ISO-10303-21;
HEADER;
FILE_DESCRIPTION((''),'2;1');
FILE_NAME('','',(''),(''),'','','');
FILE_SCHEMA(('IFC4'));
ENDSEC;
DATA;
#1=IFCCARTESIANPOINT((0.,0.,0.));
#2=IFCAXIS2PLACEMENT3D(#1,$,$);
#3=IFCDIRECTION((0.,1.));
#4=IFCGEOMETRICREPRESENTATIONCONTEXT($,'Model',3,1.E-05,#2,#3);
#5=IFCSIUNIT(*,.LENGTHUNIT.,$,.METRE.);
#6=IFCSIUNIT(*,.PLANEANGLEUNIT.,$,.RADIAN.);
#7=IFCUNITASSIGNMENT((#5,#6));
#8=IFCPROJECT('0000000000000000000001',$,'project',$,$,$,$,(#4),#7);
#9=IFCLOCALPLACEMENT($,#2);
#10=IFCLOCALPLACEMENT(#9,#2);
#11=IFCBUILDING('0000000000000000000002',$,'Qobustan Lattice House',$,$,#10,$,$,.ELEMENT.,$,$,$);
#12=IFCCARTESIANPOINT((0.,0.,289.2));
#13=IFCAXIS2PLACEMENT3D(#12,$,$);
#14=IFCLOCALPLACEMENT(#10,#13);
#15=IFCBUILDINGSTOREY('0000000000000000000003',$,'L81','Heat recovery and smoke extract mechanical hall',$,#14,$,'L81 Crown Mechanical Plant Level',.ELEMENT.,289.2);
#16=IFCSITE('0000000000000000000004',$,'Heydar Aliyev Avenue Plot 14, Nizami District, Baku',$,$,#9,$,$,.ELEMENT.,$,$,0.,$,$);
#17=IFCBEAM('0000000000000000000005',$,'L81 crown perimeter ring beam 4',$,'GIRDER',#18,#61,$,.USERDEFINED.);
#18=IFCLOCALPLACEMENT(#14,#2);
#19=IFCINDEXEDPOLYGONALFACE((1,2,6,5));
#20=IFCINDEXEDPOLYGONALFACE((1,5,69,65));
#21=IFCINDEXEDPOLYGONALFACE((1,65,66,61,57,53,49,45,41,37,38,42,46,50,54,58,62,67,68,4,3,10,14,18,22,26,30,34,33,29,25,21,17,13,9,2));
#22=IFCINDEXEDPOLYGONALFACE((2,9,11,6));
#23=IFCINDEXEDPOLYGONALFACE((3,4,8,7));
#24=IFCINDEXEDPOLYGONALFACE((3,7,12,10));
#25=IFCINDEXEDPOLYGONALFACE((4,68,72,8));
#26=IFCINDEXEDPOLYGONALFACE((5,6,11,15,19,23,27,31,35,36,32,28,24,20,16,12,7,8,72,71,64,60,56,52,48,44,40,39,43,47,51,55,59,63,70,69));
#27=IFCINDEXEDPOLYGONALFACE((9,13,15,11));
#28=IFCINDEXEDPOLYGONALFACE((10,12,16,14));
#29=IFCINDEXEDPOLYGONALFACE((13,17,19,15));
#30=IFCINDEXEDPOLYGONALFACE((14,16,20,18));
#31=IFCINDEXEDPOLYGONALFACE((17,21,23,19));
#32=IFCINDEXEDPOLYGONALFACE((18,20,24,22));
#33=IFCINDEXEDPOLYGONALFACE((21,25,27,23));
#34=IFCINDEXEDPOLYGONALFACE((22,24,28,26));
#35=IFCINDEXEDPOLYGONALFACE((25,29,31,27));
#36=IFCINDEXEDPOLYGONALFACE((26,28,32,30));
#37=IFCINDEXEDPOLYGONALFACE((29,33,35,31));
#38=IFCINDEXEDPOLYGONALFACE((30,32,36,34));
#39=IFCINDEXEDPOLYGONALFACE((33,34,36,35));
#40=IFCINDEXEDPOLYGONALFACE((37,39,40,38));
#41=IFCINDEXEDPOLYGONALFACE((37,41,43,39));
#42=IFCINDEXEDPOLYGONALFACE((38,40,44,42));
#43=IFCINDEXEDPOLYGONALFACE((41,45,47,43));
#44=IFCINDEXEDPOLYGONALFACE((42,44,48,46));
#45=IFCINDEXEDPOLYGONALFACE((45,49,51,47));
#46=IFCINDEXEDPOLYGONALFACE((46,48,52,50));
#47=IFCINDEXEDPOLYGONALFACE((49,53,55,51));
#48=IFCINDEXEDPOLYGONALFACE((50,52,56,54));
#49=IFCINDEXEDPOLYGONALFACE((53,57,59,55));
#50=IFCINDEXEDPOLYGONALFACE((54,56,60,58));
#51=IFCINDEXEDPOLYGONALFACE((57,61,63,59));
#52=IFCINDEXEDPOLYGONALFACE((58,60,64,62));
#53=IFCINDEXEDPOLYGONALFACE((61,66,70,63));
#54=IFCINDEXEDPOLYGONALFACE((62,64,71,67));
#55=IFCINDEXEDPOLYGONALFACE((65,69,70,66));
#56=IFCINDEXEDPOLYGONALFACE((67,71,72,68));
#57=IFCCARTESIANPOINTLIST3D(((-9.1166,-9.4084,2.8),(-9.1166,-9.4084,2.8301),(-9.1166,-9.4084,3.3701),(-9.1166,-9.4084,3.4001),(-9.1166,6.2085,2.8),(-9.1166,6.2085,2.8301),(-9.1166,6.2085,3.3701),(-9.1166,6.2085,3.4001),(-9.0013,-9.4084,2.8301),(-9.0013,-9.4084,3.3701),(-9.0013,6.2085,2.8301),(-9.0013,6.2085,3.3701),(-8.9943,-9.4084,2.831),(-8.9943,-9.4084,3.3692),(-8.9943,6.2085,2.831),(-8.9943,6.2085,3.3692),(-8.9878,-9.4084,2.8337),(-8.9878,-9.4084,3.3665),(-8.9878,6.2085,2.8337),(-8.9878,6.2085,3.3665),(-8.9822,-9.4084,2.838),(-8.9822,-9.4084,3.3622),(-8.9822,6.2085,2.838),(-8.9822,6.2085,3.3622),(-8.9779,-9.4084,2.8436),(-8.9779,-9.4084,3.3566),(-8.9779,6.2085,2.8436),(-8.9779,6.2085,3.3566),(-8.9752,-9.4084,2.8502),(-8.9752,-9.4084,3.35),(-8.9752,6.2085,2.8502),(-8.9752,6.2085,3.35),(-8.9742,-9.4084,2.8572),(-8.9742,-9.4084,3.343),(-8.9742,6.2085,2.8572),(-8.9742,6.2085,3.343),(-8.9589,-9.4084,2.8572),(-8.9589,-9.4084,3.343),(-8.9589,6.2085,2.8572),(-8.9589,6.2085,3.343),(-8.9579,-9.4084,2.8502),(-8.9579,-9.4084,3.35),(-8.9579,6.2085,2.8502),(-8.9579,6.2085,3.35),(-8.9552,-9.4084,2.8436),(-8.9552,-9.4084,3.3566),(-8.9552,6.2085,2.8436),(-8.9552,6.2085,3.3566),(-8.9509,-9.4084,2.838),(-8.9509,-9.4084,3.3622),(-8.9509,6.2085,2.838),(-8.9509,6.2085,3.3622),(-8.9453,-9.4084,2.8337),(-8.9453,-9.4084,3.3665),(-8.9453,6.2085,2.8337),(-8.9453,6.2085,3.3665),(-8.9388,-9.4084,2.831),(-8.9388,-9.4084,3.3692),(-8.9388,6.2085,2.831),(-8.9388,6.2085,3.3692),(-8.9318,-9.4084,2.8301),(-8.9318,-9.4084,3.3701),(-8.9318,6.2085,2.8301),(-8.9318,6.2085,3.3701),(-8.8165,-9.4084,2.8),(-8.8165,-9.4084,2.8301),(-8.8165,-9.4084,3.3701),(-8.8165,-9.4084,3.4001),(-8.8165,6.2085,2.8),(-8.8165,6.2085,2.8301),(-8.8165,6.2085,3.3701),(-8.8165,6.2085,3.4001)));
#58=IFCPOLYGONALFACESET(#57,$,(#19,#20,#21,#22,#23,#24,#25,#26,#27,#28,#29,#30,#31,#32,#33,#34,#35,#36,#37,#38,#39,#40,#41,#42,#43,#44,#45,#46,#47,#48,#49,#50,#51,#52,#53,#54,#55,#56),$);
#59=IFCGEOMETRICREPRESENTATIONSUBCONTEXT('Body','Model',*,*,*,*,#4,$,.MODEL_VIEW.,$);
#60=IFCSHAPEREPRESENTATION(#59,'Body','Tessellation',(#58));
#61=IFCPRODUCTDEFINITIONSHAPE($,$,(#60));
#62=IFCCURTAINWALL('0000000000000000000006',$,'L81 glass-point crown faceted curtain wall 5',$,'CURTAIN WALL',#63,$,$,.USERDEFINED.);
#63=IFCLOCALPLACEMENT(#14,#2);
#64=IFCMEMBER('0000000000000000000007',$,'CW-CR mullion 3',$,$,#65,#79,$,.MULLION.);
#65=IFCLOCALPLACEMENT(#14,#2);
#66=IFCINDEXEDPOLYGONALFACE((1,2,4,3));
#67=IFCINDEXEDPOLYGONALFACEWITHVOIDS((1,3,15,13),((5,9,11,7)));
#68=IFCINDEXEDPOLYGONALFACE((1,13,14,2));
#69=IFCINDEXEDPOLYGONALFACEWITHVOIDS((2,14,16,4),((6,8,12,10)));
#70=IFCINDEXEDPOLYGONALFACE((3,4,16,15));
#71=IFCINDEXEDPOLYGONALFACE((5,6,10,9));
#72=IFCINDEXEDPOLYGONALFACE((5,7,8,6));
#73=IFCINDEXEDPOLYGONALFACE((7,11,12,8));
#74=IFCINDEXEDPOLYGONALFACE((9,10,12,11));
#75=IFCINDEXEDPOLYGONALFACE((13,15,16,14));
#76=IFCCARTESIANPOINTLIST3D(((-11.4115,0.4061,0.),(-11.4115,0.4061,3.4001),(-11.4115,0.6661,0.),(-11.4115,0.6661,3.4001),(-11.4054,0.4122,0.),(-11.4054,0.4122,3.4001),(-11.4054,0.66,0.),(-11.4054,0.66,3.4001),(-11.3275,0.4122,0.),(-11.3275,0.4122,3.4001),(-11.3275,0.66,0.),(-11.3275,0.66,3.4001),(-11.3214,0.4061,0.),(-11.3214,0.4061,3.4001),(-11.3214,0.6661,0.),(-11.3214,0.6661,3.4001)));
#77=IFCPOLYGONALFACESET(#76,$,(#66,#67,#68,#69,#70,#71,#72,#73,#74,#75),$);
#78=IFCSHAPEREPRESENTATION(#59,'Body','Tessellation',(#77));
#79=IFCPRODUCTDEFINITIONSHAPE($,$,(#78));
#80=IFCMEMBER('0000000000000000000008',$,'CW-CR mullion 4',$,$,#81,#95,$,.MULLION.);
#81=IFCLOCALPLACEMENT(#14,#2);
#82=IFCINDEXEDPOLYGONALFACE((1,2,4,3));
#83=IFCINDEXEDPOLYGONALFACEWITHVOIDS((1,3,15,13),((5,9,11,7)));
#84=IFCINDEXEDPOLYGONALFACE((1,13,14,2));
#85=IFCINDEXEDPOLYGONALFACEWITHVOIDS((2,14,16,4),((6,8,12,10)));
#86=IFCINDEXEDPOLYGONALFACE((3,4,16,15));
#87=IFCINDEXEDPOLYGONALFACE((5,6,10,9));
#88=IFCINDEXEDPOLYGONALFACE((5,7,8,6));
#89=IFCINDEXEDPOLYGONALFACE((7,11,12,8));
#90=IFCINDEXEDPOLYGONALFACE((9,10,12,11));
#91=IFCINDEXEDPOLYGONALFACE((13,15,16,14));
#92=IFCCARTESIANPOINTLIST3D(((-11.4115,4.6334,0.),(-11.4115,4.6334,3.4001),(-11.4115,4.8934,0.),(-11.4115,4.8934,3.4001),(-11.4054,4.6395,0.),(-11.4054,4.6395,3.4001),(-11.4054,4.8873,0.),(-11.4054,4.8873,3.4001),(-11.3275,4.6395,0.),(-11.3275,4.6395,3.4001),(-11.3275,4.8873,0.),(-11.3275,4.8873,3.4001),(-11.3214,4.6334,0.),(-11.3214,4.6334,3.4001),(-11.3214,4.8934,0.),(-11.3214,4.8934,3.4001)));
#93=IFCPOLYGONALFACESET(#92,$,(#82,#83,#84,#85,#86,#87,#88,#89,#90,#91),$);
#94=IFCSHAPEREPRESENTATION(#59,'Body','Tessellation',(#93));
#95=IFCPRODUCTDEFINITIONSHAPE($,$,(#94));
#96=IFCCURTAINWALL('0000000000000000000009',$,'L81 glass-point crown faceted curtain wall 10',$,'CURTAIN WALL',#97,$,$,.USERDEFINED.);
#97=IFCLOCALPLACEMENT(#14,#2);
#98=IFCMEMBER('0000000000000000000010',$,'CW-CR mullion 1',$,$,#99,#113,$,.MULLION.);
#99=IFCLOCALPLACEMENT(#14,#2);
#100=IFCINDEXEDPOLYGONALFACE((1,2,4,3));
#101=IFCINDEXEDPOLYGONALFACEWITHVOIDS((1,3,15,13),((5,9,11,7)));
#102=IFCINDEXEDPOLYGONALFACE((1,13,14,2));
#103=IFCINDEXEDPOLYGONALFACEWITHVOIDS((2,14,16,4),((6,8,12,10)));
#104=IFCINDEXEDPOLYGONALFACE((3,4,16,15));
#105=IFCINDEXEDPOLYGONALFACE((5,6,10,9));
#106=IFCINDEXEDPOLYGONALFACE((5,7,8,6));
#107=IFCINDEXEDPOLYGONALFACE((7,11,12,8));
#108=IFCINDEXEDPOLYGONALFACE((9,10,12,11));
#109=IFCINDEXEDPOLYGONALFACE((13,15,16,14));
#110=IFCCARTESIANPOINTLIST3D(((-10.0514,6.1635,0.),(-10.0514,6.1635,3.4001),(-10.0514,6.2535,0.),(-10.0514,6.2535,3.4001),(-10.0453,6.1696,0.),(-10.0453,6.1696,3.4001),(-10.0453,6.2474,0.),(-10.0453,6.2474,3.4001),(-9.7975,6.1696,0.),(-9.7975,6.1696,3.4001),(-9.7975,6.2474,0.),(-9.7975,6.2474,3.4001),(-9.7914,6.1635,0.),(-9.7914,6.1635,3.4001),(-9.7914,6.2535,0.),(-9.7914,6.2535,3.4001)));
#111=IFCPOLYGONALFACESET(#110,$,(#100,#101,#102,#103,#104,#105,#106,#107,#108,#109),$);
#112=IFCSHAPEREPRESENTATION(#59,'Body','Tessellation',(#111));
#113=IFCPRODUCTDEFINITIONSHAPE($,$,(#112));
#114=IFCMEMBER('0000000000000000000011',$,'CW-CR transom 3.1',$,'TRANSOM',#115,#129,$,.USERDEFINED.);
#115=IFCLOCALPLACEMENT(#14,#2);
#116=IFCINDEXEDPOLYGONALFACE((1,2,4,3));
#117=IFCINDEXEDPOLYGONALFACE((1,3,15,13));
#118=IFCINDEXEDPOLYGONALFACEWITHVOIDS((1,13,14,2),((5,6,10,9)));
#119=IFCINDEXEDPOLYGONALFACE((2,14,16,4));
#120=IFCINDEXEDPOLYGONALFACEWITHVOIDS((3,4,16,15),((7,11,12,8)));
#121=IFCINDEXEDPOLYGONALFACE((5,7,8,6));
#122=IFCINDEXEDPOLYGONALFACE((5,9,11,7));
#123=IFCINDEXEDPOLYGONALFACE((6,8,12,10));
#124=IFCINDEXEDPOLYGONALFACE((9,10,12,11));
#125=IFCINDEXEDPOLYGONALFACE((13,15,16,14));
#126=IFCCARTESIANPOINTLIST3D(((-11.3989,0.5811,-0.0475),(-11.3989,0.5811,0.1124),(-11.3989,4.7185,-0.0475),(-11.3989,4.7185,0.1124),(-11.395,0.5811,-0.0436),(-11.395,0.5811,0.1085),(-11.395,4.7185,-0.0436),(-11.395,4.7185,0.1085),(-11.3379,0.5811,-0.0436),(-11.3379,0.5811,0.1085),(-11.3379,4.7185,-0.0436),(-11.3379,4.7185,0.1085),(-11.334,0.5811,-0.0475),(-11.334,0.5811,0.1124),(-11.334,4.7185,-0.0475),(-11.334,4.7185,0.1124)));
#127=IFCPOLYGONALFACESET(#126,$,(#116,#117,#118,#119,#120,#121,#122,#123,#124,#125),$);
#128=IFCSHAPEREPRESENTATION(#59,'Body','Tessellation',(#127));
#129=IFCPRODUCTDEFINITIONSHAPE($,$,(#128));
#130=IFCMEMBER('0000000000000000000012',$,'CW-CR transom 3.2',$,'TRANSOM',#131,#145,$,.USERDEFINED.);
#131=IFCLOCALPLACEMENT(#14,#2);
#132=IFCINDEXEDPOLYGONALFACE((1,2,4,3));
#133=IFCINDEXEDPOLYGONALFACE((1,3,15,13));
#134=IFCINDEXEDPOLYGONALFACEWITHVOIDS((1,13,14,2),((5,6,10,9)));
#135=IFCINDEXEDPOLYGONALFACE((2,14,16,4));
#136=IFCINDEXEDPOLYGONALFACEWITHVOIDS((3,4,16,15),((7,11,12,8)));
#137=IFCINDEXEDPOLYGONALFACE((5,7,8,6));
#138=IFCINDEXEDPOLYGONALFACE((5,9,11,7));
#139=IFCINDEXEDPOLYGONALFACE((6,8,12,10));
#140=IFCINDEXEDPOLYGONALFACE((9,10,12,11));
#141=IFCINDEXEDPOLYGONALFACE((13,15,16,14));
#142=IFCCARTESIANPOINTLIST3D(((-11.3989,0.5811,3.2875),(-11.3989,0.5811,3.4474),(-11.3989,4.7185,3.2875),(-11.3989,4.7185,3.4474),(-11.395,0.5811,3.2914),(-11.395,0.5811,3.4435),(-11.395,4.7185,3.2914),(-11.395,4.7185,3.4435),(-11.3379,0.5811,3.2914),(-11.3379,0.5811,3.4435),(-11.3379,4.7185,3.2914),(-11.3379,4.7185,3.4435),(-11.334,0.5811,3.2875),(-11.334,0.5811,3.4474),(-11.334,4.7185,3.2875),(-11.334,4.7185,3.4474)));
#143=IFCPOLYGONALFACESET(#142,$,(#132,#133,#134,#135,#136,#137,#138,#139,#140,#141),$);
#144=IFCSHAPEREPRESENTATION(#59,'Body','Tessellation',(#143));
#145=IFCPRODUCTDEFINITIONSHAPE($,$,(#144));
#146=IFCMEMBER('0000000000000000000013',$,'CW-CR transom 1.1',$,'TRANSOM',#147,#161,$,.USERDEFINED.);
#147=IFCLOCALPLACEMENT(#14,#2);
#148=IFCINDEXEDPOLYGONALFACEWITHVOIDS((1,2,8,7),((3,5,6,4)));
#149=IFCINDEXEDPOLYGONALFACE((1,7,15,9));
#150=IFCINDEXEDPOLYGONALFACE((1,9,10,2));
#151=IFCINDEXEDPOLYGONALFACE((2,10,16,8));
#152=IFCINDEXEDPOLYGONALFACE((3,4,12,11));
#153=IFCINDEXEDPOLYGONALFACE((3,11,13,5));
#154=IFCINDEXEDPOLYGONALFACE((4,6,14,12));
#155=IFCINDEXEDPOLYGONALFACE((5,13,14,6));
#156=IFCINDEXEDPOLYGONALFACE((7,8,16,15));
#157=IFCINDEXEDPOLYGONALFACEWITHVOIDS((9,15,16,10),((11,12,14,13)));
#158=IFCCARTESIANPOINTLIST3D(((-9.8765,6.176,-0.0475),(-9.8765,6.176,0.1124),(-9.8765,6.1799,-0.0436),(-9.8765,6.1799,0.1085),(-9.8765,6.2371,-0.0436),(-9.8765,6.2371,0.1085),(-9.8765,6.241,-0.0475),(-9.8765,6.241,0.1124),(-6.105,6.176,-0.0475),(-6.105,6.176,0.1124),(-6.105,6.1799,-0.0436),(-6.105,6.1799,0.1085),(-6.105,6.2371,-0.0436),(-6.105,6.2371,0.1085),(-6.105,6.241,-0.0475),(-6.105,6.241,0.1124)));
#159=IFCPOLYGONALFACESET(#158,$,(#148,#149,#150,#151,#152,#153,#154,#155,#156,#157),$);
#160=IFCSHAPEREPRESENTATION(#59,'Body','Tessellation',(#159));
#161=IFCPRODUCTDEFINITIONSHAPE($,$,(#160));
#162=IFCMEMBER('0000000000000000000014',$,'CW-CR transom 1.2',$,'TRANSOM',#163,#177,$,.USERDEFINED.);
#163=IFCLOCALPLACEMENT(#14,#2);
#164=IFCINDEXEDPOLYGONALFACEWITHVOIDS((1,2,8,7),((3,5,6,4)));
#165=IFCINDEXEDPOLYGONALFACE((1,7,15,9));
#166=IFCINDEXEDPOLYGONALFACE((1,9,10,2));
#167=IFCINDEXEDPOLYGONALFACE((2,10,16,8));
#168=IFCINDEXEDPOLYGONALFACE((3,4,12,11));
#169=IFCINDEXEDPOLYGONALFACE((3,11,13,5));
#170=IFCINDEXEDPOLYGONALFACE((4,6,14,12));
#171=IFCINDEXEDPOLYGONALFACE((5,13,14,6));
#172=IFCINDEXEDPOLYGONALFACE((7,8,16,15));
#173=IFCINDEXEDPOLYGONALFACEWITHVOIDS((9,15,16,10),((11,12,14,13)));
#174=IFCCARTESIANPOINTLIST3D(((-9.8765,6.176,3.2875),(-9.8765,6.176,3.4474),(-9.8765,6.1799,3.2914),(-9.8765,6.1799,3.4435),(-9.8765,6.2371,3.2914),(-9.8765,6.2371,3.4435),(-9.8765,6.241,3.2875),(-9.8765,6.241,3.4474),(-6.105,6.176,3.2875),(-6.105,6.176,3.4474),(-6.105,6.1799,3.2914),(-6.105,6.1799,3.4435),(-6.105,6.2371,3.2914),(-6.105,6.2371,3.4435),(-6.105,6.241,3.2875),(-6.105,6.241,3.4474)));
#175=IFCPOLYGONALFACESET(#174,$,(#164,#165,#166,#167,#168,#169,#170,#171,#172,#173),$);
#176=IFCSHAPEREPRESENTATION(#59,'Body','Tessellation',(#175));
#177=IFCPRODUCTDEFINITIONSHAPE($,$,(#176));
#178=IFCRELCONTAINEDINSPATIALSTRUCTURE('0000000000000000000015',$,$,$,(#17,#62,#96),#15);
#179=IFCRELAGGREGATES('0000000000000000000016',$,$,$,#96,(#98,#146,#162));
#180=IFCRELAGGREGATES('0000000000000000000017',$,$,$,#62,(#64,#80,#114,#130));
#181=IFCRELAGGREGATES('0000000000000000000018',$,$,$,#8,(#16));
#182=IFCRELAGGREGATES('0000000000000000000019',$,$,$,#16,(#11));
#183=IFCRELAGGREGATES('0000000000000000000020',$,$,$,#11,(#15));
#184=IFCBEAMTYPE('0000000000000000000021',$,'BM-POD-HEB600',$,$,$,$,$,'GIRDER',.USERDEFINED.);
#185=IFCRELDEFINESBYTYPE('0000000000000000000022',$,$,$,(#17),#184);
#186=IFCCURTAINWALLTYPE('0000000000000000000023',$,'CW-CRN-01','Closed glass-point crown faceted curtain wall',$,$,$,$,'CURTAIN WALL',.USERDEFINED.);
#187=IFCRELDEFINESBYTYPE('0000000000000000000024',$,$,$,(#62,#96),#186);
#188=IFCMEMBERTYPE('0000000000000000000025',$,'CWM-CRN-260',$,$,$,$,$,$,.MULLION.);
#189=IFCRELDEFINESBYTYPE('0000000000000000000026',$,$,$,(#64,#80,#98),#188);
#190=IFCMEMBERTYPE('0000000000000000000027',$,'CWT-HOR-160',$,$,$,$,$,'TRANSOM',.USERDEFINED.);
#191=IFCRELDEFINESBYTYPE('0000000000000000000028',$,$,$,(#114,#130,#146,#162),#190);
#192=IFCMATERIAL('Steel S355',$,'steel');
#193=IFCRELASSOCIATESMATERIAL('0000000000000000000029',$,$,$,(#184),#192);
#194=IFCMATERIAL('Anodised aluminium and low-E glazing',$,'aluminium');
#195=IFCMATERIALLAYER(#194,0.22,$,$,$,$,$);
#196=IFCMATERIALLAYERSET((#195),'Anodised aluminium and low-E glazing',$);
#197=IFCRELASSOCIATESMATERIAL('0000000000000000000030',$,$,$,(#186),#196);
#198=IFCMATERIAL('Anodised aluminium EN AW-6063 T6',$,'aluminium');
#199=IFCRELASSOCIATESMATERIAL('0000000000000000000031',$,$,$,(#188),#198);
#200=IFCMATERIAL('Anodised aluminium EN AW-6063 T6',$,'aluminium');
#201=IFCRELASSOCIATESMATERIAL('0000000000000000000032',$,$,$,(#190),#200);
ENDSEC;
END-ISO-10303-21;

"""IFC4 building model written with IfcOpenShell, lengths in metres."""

from ifc_helpers import new_model, si_unit, direction, frame, origin, origin_2d, place, context, subcontext, project, spatial, hollow_rectangle, i_section, extrude, material, layer, layer_set, material_profile, profile_set, type_object, element, aggregate, save


model = new_model("IFC4")

# Units and contexts
model_context = context("Model", 3, precision=1e-05, world=origin(), true_north=direction((0.0, 1.0)))
body_context = subcontext(model_context, "Body", "Model", "MODEL_VIEW")
ifc_project = project(units=[si_unit("LENGTHUNIT", "METRE"), si_unit("PLANEANGLEUNIT", "RADIAN")], contexts=[model_context])

# Site, building, storey
site_placement = place(None, origin())
site = spatial("IfcSite", under=ifc_project, at=site_placement, Name="Heydar Aliyev Avenue Plot 14, Nizami District, Baku", CompositionType="ELEMENT", RefElevation=0.0)
building_placement = place(site_placement, origin())
building = spatial("IfcBuilding", under=site, at=building_placement, Name="Qobustan Lattice House", CompositionType="ELEMENT")
storey_placement = place(building_placement, frame((0.0, 0.0, 289.2)))
storey = spatial("IfcBuildingStorey", under=building, at=storey_placement, Name="L81", Description="Heat recovery and smoke extract mechanical hall", LongName="L81 Crown Mechanical Plant Level", CompositionType="ELEMENT", Elevation=289.2)

# Beam
ifc_material_1 = material(Name="Steel S355", Category="steel")
ifc_material_profile_1 = material_profile(ifc_material_1, i_section(OverallWidth=0.3, OverallDepth=0.6001, WebThickness=0.0154, FlangeThickness=0.03, FilletRadius=0.0271, at=origin_2d()), Name="HEB600")
ifc_profile_set_1 = profile_set([ifc_material_profile_1], Name="Steel S355")
beam_type = type_object("IfcBeamType", Name="BM-POD-HEB600", ElementType="GIRDER", PredefinedType="USERDEFINED", material=ifc_profile_set_1)
beam_placement = place(storey_placement, frame((-8.9666, 6.2085, 3.1001), z_axis=(0.0, -1.0, 0.0), x_axis=(1.0, 0.0, 0.0)))
element("IfcBeam", 1, at=beam_placement, inside=storey, type_object=beam_type, Name="L81 crown perimeter ring beam 4", ObjectType="GIRDER", PredefinedType="USERDEFINED", context=body_context, shape_type="SweptSolid", body=[
    extrude(i_section(OverallWidth=0.3, OverallDepth=0.6001, WebThickness=0.0154, FlangeThickness=0.03, FilletRadius=0.0271, at=origin_2d()), origin(), (0.0, 0.0, 1.0), 15.6169),
])

# Curtain wall, members
ifc_material_2 = material(Name="Anodised aluminium and low-E glazing", Category="aluminium")
ifc_layer_1 = layer(ifc_material_2, 0.22)
ifc_layer_set_1 = layer_set([ifc_layer_1], Name="Anodised aluminium and low-E glazing")
curtain_wall_type = type_object("IfcCurtainWallType", Name="CW-CRN-01", Description="Closed glass-point crown faceted curtain wall", ElementType="CURTAIN WALL", PredefinedType="USERDEFINED", material=ifc_layer_set_1)
curtain_wall_1_placement = place(storey_placement, origin())
curtain_wall_1 = element("IfcCurtainWall", 2, at=curtain_wall_1_placement, inside=storey, type_object=curtain_wall_type, Name="L81 glass-point crown faceted curtain wall 5", ObjectType="CURTAIN WALL", PredefinedType="USERDEFINED")
ifc_material_3 = material(Name="Anodised aluminium EN AW-6063 T6", Category="aluminium")
ifc_material_profile_2 = material_profile(ifc_material_3, hollow_rectangle(XDim=0.0901, YDim=0.26, WallThickness=0.0061, at=origin_2d()), Name="CWM-CROWN-260x90")
ifc_profile_set_2 = profile_set([ifc_material_profile_2], Name="Anodised aluminium EN AW-6063 T6")
member_type_1 = type_object("IfcMemberType", Name="CWM-CRN-260", PredefinedType="MULLION", material=ifc_profile_set_2)
member_1_placement = place(storey_placement, frame((-11.3665, 0.5361, 0.0), z_axis=(0.0, 0.0, 1.0), x_axis=(-1.0, 0.0, 0.0)))
member_1 = element("IfcMember", 3, at=member_1_placement, type_object=member_type_1, Name="CW-CR mullion 3", PredefinedType="MULLION", context=body_context, shape_type="SweptSolid", body=[
    extrude(hollow_rectangle(XDim=0.0901, YDim=0.26, WallThickness=0.0061, at=origin_2d()), origin(), (0.0, 0.0, 1.0), 3.4001),
])
member_2_placement = place(storey_placement, frame((-11.3665, 4.7634, 0.0), z_axis=(0.0, 0.0, 1.0), x_axis=(-1.0, 0.0, 0.0)))
member_2 = element("IfcMember", 4, at=member_2_placement, type_object=member_type_1, Name="CW-CR mullion 4", PredefinedType="MULLION", context=body_context, shape_type="SweptSolid", body=[
    extrude(hollow_rectangle(XDim=0.0901, YDim=0.26, WallThickness=0.0061, at=origin_2d()), origin(), (0.0, 0.0, 1.0), 3.4001),
])

# Curtain wall, member
curtain_wall_2_placement = place(storey_placement, origin())
curtain_wall_2 = element("IfcCurtainWall", 5, at=curtain_wall_2_placement, inside=storey, type_object=curtain_wall_type, Name="L81 glass-point crown faceted curtain wall 10", ObjectType="CURTAIN WALL", PredefinedType="USERDEFINED")
member_3_placement = place(storey_placement, frame((-9.9214, 6.2085, 0.0), z_axis=(0.0, 0.0, 1.0), x_axis=(0.0, 1.0, 0.0)))
member_3 = element("IfcMember", 6, at=member_3_placement, type_object=member_type_1, Name="CW-CR mullion 1", PredefinedType="MULLION", context=body_context, shape_type="SweptSolid", body=[
    extrude(hollow_rectangle(XDim=0.0901, YDim=0.26, WallThickness=0.0061, at=origin_2d()), origin(), (0.0, 0.0, 1.0), 3.4001),
])

# Members
ifc_material_4 = material(Name="Anodised aluminium EN AW-6063 T6", Category="aluminium")
ifc_material_profile_3 = material_profile(ifc_material_4, hollow_rectangle(XDim=0.0649, YDim=0.1599, WallThickness=0.0039, at=origin_2d()), Name="CWT-160x65")
ifc_profile_set_3 = profile_set([ifc_material_profile_3], Name="Anodised aluminium EN AW-6063 T6")
member_type_2 = type_object("IfcMemberType", Name="CWT-HOR-160", ElementType="TRANSOM", PredefinedType="USERDEFINED", material=ifc_profile_set_3)
member_4_placement = place(storey_placement, frame((-11.3665, 0.5811, 0.0325), z_axis=(0.0, 1.0, 0.0), x_axis=(-1.0, 0.0, 0.0)))
member_4 = element("IfcMember", 7, at=member_4_placement, type_object=member_type_2, Name="CW-CR transom 3.1", ObjectType="TRANSOM", PredefinedType="USERDEFINED", context=body_context, shape_type="SweptSolid", body=[
    extrude(hollow_rectangle(XDim=0.0649, YDim=0.1599, WallThickness=0.0039, at=origin_2d()), origin(), (0.0, 0.0, 1.0), 4.1375),
])
member_5_placement = place(storey_placement, frame((-11.3665, 0.5811, 3.3674), z_axis=(0.0, 1.0, 0.0), x_axis=(-1.0, 0.0, 0.0)))
member_5 = element("IfcMember", 8, at=member_5_placement, type_object=member_type_2, Name="CW-CR transom 3.2", ObjectType="TRANSOM", PredefinedType="USERDEFINED", context=body_context, shape_type="SweptSolid", body=[
    extrude(hollow_rectangle(XDim=0.0649, YDim=0.1599, WallThickness=0.0039, at=origin_2d()), origin(), (0.0, 0.0, 1.0), 4.1375),
])
member_6_placement = place(storey_placement, frame((-9.8765, 6.2085, 0.0325), z_axis=(1.0, 0.0, 0.0), x_axis=(0.0, 1.0, 0.0)))
member_6 = element("IfcMember", 9, at=member_6_placement, type_object=member_type_2, Name="CW-CR transom 1.1", ObjectType="TRANSOM", PredefinedType="USERDEFINED", context=body_context, shape_type="SweptSolid", body=[
    extrude(hollow_rectangle(XDim=0.0649, YDim=0.1599, WallThickness=0.0039, at=origin_2d()), origin(), (0.0, 0.0, 1.0), 3.7715),
])
member_7_placement = place(storey_placement, frame((-9.8765, 6.2085, 3.3674), z_axis=(1.0, 0.0, 0.0), x_axis=(0.0, 1.0, 0.0)))
member_7 = element("IfcMember", 10, at=member_7_placement, type_object=member_type_2, Name="CW-CR transom 1.2", ObjectType="TRANSOM", PredefinedType="USERDEFINED", context=body_context, shape_type="SweptSolid", body=[
    extrude(hollow_rectangle(XDim=0.0649, YDim=0.1599, WallThickness=0.0039, at=origin_2d()), origin(), (0.0, 0.0, 1.0), 3.7715),
])
aggregate(curtain_wall_2, [member_3, member_6, member_7])

aggregate(curtain_wall_1, [member_1, member_2, member_4, member_5])

save(model, "model.ifc")
